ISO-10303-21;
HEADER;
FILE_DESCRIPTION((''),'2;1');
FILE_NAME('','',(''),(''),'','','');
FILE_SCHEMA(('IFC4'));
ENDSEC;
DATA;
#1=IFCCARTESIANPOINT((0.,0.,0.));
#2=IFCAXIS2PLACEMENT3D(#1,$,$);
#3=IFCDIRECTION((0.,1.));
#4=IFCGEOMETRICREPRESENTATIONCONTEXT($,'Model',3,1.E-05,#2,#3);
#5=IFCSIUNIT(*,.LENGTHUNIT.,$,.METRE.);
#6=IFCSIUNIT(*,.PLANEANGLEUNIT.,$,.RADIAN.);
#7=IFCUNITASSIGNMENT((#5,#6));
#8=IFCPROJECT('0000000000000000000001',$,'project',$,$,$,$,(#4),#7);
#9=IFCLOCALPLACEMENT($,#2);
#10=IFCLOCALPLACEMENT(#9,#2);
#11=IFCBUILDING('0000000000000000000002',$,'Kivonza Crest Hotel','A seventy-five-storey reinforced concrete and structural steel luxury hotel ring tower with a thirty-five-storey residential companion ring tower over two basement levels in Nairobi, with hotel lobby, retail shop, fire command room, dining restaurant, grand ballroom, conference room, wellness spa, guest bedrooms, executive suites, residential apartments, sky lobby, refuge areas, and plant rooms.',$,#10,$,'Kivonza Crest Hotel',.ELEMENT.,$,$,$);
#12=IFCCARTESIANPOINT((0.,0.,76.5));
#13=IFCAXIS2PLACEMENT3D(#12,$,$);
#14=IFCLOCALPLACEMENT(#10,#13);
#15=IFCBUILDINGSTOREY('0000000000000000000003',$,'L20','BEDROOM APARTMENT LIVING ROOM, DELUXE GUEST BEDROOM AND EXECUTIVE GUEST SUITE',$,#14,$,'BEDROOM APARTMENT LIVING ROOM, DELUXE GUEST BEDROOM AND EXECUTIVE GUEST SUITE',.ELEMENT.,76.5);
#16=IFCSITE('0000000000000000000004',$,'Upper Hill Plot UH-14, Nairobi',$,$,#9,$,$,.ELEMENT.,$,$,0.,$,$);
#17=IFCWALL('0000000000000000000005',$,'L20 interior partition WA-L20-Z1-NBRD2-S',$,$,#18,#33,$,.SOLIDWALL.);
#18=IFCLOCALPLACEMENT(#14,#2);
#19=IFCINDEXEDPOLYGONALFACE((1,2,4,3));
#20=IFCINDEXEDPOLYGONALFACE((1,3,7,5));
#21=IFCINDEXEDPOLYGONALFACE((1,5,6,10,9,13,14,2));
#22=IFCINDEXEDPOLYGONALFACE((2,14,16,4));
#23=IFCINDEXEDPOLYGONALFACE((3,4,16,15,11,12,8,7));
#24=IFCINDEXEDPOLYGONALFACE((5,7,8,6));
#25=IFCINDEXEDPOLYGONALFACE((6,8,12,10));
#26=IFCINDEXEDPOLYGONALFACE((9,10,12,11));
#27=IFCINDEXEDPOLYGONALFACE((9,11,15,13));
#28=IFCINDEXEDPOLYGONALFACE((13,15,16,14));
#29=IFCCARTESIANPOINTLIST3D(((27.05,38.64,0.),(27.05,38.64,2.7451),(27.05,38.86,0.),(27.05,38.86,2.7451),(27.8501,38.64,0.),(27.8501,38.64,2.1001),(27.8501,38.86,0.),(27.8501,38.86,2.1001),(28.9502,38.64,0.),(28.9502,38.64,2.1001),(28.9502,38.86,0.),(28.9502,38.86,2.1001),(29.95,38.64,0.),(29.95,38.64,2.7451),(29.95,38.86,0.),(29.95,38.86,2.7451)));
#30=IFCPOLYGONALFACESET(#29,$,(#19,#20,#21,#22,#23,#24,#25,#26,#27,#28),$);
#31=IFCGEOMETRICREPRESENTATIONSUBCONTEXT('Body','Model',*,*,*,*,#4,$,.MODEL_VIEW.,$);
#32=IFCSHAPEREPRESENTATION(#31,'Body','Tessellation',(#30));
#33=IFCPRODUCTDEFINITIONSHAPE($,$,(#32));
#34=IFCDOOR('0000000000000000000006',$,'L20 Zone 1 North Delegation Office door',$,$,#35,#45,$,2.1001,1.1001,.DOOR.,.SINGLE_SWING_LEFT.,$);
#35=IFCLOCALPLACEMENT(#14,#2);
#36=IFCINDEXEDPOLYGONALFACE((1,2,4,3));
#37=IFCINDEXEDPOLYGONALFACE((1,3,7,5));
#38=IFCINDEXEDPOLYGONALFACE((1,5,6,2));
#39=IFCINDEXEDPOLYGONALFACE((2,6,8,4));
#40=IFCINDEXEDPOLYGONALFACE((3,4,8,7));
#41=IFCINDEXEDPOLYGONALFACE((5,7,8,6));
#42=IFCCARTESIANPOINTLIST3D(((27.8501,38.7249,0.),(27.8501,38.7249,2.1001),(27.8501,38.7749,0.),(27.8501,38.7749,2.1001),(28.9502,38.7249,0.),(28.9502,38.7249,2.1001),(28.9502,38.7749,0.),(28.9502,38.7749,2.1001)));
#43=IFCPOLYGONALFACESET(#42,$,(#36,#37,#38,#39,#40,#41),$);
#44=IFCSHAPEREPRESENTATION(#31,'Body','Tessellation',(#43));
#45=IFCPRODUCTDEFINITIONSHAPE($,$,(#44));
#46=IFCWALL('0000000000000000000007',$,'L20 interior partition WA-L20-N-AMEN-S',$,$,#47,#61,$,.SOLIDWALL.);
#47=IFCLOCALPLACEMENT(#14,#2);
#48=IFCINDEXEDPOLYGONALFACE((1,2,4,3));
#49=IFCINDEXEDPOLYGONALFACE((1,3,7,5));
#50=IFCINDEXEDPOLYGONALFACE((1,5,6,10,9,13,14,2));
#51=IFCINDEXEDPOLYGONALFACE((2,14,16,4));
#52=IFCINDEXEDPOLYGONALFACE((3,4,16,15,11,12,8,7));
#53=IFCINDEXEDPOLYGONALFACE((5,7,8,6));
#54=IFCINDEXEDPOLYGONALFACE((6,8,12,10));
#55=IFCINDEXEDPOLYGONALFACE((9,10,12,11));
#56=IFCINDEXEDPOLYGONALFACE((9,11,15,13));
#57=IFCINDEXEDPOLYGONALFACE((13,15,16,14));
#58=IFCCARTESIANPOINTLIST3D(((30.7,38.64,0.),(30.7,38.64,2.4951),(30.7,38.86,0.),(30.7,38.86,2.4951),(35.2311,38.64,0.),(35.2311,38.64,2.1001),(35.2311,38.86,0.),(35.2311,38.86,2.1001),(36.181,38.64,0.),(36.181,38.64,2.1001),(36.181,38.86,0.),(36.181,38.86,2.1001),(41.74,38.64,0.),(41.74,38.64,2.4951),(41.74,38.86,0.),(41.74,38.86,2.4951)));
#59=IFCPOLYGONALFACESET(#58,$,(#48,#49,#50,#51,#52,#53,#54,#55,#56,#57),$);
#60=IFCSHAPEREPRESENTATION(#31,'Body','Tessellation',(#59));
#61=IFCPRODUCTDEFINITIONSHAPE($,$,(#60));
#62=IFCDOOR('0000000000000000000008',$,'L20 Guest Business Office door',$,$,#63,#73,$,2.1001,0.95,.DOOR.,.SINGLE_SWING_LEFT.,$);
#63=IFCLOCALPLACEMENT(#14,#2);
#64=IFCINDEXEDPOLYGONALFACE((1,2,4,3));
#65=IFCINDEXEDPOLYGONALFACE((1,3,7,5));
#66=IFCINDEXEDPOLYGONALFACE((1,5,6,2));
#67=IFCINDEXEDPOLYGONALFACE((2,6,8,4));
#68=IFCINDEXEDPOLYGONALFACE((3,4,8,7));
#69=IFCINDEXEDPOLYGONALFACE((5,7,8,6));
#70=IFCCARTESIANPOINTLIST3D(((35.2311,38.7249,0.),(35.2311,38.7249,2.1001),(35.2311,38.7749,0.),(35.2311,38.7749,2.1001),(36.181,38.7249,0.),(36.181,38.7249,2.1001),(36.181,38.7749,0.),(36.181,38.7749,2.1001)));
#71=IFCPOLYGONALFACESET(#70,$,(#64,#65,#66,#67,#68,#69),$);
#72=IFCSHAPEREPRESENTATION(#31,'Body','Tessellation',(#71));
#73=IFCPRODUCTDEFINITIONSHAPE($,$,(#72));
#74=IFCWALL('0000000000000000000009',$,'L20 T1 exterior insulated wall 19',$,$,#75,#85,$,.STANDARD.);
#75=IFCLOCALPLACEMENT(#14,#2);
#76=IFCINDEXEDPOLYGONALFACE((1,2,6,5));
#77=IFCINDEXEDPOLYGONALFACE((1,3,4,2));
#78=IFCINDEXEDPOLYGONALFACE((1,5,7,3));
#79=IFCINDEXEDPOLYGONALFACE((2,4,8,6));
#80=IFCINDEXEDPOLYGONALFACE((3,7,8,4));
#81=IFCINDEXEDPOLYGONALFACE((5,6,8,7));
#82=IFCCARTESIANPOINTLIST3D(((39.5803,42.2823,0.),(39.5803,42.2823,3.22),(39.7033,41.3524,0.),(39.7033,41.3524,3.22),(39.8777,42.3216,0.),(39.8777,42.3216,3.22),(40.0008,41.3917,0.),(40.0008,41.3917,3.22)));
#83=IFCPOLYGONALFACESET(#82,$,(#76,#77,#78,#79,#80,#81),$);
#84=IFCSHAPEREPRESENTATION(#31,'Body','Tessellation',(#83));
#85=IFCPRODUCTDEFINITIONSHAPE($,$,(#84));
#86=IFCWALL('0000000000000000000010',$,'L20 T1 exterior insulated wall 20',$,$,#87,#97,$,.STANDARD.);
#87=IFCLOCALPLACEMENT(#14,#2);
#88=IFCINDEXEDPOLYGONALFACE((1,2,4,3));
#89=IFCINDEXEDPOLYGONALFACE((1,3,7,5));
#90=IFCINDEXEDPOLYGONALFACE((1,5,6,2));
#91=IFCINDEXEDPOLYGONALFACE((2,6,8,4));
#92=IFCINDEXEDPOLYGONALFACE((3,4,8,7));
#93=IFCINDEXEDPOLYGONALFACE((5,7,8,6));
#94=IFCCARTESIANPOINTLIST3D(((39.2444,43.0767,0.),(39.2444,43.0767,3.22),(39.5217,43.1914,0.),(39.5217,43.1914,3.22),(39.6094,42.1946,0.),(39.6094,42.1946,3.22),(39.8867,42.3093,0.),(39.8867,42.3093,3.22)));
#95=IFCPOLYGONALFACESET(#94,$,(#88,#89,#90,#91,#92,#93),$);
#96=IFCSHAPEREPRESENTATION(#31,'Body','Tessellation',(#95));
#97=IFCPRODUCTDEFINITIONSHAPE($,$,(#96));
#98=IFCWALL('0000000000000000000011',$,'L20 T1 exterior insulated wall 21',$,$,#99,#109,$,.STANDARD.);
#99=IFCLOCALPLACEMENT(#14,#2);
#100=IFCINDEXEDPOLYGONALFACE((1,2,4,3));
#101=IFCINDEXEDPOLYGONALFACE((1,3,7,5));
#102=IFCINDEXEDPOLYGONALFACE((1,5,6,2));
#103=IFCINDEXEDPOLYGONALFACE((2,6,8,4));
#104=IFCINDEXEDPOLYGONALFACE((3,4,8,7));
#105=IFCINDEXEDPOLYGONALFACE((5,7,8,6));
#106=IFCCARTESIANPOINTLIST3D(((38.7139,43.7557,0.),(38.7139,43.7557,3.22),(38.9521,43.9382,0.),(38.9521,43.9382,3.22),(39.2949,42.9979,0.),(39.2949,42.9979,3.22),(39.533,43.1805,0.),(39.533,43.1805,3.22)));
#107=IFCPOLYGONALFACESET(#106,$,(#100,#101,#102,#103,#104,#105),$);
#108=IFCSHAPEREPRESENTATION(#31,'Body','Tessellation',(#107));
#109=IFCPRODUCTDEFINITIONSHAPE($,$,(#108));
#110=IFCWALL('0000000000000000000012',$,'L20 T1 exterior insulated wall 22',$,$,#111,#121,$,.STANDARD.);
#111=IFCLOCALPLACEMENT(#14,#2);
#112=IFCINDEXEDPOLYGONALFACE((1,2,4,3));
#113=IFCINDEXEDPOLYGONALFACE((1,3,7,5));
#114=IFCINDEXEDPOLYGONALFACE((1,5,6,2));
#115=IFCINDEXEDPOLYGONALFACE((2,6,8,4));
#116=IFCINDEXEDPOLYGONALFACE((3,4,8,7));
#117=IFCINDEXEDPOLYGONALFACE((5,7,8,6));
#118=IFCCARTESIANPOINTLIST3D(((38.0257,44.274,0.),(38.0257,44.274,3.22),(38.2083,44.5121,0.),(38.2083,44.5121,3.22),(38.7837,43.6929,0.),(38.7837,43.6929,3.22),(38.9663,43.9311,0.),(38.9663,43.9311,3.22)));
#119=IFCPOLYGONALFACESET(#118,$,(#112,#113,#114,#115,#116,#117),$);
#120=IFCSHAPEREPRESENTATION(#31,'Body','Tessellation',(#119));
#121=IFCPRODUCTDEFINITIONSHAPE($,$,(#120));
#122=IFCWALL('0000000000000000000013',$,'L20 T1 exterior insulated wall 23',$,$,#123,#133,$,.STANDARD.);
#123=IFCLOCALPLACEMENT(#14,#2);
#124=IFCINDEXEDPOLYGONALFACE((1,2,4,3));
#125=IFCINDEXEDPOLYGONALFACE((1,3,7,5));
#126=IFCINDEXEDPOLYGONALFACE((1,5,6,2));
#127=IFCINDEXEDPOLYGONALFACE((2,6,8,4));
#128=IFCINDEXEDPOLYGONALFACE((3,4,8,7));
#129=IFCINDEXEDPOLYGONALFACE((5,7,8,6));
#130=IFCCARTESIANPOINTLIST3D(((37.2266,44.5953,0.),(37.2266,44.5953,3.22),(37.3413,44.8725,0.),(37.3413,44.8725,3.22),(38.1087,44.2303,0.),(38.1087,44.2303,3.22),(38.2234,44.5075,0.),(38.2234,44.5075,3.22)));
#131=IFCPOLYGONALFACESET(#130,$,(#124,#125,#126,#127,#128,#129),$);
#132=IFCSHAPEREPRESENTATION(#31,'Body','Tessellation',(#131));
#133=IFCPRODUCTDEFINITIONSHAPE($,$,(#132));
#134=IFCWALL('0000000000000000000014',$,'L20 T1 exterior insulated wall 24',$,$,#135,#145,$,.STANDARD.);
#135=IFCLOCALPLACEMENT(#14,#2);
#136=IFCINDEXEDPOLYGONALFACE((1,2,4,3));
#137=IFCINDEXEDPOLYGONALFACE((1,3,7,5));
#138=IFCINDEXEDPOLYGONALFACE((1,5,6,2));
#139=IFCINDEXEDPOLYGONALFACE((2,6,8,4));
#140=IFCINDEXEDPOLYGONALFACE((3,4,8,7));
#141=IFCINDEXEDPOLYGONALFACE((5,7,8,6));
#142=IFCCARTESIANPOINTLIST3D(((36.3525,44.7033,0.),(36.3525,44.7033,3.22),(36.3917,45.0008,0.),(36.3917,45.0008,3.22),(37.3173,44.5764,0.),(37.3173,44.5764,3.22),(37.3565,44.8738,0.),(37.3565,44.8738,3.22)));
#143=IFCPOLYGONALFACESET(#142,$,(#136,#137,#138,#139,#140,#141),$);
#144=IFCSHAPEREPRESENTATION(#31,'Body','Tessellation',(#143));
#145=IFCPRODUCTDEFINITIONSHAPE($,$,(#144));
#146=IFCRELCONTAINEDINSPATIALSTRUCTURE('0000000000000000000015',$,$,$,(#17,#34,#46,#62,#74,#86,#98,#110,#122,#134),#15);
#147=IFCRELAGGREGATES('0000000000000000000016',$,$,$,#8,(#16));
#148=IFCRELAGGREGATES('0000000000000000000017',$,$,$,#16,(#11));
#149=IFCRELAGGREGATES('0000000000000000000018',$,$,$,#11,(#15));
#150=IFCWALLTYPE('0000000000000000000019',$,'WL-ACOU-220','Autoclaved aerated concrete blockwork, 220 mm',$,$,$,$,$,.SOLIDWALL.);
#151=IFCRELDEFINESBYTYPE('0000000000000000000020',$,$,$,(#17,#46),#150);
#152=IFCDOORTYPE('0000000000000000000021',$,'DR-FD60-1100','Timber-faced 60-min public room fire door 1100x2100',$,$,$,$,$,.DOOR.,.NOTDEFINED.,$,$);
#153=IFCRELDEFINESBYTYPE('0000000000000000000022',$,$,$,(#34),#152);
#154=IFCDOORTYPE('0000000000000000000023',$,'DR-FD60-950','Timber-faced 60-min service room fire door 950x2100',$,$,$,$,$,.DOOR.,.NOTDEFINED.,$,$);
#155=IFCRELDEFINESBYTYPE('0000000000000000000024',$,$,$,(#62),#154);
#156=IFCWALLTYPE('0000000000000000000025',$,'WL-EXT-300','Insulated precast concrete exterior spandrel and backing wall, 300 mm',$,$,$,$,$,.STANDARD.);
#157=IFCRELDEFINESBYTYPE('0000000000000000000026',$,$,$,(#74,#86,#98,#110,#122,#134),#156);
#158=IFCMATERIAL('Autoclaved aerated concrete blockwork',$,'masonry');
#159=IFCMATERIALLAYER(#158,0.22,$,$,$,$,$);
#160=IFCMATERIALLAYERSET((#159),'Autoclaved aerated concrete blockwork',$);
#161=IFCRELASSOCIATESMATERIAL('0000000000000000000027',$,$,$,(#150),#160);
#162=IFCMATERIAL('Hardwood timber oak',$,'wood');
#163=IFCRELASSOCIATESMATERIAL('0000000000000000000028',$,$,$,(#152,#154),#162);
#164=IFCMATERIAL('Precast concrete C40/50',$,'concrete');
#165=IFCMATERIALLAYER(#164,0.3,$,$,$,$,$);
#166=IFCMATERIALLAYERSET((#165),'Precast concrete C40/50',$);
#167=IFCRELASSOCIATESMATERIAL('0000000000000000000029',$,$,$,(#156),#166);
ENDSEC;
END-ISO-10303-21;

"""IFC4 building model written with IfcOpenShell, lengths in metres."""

from ifc_helpers import new_model, si_unit, direction, frame, frame_2d, origin, place, context, subcontext, project, spatial, rectangle, extrude, material, layer, layer_set, type_object, element, fill, save


model = new_model("IFC4")

# Units and contexts
model_context = context("Model", 3, precision=1e-05, world=origin(), true_north=direction((0.0, 1.0)))
body_context = subcontext(model_context, "Body", "Model", "MODEL_VIEW")
ifc_project = project(units=[si_unit("LENGTHUNIT", "METRE"), si_unit("PLANEANGLEUNIT", "RADIAN")], contexts=[model_context])

# Site, building, storey
site_placement = place(None, origin())
site = spatial("IfcSite", under=ifc_project, at=site_placement, Name="Upper Hill Plot UH-14, Nairobi", CompositionType="ELEMENT", RefElevation=0.0)
building_placement = place(site_placement, origin())
building = spatial("IfcBuilding", under=site, at=building_placement, Name="Kivonza Crest Hotel", Description="A seventy-five-storey reinforced concrete and structural steel luxury hotel ring tower with a thirty-five-storey residential companion ring tower over two basement levels in Nairobi, with hotel lobby, retail shop, fire command room, dining restaurant, grand ballroom, conference room, wellness spa, guest bedrooms, executive suites, residential apartments, sky lobby, refuge areas, and plant rooms.", LongName="Kivonza Crest Hotel", CompositionType="ELEMENT")
storey_placement = place(building_placement, frame((0.0, 0.0, 76.5)))
storey = spatial("IfcBuildingStorey", under=building, at=storey_placement, Name="L20", Description="BEDROOM APARTMENT LIVING ROOM, DELUXE GUEST BEDROOM AND EXECUTIVE GUEST SUITE", LongName="BEDROOM APARTMENT LIVING ROOM, DELUXE GUEST BEDROOM AND EXECUTIVE GUEST SUITE", CompositionType="ELEMENT", Elevation=76.5)

# Walls, openings, doors
ifc_material_1 = material(Name="Autoclaved aerated concrete blockwork", Category="masonry")
ifc_layer_1 = layer(ifc_material_1, 0.22)
ifc_layer_set_1 = layer_set([ifc_layer_1], Name="Autoclaved aerated concrete blockwork")
wall_type_1 = type_object("IfcWallType", Name="WL-ACOU-220", Description="Autoclaved aerated concrete blockwork, 220 mm", PredefinedType="SOLIDWALL", material=ifc_layer_set_1)
wall_1_placement = place(storey_placement, frame((27.05, 38.75, 0.0), z_axis=(0.0, 0.0, 1.0), x_axis=(1.0, 0.0, 0.0)))
wall_1 = element("IfcWall", 1, at=wall_1_placement, inside=storey, type_object=wall_type_1, Name="L20 interior partition WA-L20-Z1-NBRD2-S", PredefinedType="SOLIDWALL", context=body_context, shape_type="SweptSolid", body=[
    extrude(rectangle(XDim=2.8999, YDim=0.22, at=frame_2d((1.45, 0.0))), origin(), (0.0, 0.0, 1.0), 2.7451),
])
opening_1_placement = place(wall_1_placement, frame((0.8, 0.0, 0.0)))
opening_1 = element("IfcOpeningElement", 2, at=opening_1_placement, cuts=wall_1, PredefinedType="OPENING", context=body_context, shape_type="SweptSolid", body=[
    extrude(rectangle(XDim=1.1001, YDim=2.1001, at=frame_2d((0.55, 1.05))), frame((0.0, 0.1201, 0.0), z_axis=(0.0, -1.0, 0.0), x_axis=(1.0, 0.0, 0.0)), (0.0, 0.0, 1.0), 0.24),
])
ifc_material_2 = material(Name="Hardwood timber oak", Category="wood")
door_type_1 = type_object("IfcDoorType", Name="DR-FD60-1100", Description="Timber-faced 60-min public room fire door 1100x2100", OperationType="NOTDEFINED", PredefinedType="DOOR", material=ifc_material_2)
door_1_placement = place(opening_1_placement, origin())
door_1 = element("IfcDoor", 3, at=door_1_placement, inside=storey, type_object=door_type_1, Name="L20 Zone 1 North Delegation Office door", OperationType="SINGLE_SWING_LEFT", OverallHeight=2.1001, OverallWidth=1.1001, PredefinedType="DOOR", context=body_context, shape_type="SweptSolid", body=[
    extrude(rectangle(XDim=1.1001, YDim=2.1001, at=frame_2d((0.55, 1.05))), frame((0.0, 0.0249, 0.0), z_axis=(0.0, -1.0, 0.0), x_axis=(1.0, 0.0, 0.0)), (0.0, 0.0, 1.0), 0.05),
])
fill(opening_1, door_1)
wall_2_placement = place(storey_placement, frame((30.7, 38.75, 0.0), z_axis=(0.0, 0.0, 1.0), x_axis=(1.0, 0.0, 0.0)))
wall_2 = element("IfcWall", 4, at=wall_2_placement, inside=storey, type_object=wall_type_1, Name="L20 interior partition WA-L20-N-AMEN-S", PredefinedType="SOLIDWALL", context=body_context, shape_type="SweptSolid", body=[
    extrude(rectangle(XDim=11.04, YDim=0.22, at=frame_2d((5.52, 0.0))), origin(), (0.0, 0.0, 1.0), 2.4951),
])
opening_2_placement = place(wall_2_placement, frame((4.531, 0.0, 0.0)))
opening_2 = element("IfcOpeningElement", 5, at=opening_2_placement, cuts=wall_2, PredefinedType="OPENING", context=body_context, shape_type="SweptSolid", body=[
    extrude(rectangle(XDim=0.95, YDim=2.1001, at=frame_2d((0.4751, 1.05))), frame((0.0, 0.1201, 0.0), z_axis=(0.0, -1.0, 0.0), x_axis=(1.0, 0.0, 0.0)), (0.0, 0.0, 1.0), 0.24),
])
door_type_2 = type_object("IfcDoorType", Name="DR-FD60-950", Description="Timber-faced 60-min service room fire door 950x2100", OperationType="NOTDEFINED", PredefinedType="DOOR", material=ifc_material_2)
door_2_placement = place(opening_2_placement, origin())
door_2 = element("IfcDoor", 6, at=door_2_placement, inside=storey, type_object=door_type_2, Name="L20 Guest Business Office door", OperationType="SINGLE_SWING_LEFT", OverallHeight=2.1001, OverallWidth=0.95, PredefinedType="DOOR", context=body_context, shape_type="SweptSolid", body=[
    extrude(rectangle(XDim=0.95, YDim=2.1001, at=frame_2d((0.4751, 1.05))), frame((0.0, 0.0249, 0.0), z_axis=(0.0, -1.0, 0.0), x_axis=(1.0, 0.0, 0.0)), (0.0, 0.0, 1.0), 0.05),
])
fill(opening_2, door_2)

# Walls
ifc_material_3 = material(Name="Precast concrete C40/50", Category="concrete")
ifc_layer_2 = layer(ifc_material_3, 0.3)
ifc_layer_set_2 = layer_set([ifc_layer_2], Name="Precast concrete C40/50")
wall_type_2 = type_object("IfcWallType", Name="WL-EXT-300", Description="Insulated precast concrete exterior spandrel and backing wall, 300 mm", PredefinedType="STANDARD", material=ifc_layer_set_2)
wall_3_placement = place(storey_placement, frame((39.8521, 41.3721, 0.0), z_axis=(0.0, 0.0, 1.0), x_axis=(-0.131175, 0.991359, 0.0)))
element("IfcWall", 7, at=wall_3_placement, inside=storey, type_object=wall_type_2, Name="L20 T1 exterior insulated wall 19", PredefinedType="STANDARD", context=body_context, shape_type="SweptSolid", body=[
    extrude(rectangle(XDim=0.938, YDim=0.3, at=frame_2d((0.469, 0.0))), origin(), (0.0, 0.0, 1.0), 3.22),
])
wall_4_placement = place(storey_placement, frame((39.748, 42.252, 0.0), z_axis=(0.0, 0.0, 1.0), x_axis=(-0.382344, 0.92402, 0.0)))
element("IfcWall", 8, at=wall_4_placement, inside=storey, type_object=wall_type_2, Name="L20 T1 exterior insulated wall 20", PredefinedType="STANDARD", context=body_context, shape_type="SweptSolid", body=[
    extrude(rectangle(XDim=0.9546, YDim=0.3, at=frame_2d((0.4773, 0.0))), origin(), (0.0, 0.0, 1.0), 3.22),
])
wall_5_placement = place(storey_placement, frame((39.4141, 43.0891, 0.0), z_axis=(0.0, 0.0, 1.0), x_axis=(-0.608474, 0.793573, 0.0)))
element("IfcWall", 9, at=wall_5_placement, inside=storey, type_object=wall_type_2, Name="L20 T1 exterior insulated wall 21", PredefinedType="STANDARD", context=body_context, shape_type="SweptSolid", body=[
    extrude(rectangle(XDim=0.9548, YDim=0.3, at=frame_2d((0.4775, 0.0))), origin(), (0.0, 0.0, 1.0), 3.22),
])
wall_6_placement = place(storey_placement, frame((38.875, 43.812, 0.0), z_axis=(0.0, 0.0, 1.0), x_axis=(-0.793668, 0.608351, 0.0)))
element("IfcWall", 10, at=wall_6_placement, inside=storey, type_object=wall_type_2, Name="L20 T1 exterior insulated wall 22", PredefinedType="STANDARD", context=body_context, shape_type="SweptSolid", body=[
    extrude(rectangle(XDim=0.9551, YDim=0.3, at=frame_2d((0.4775, 0.0))), origin(), (0.0, 0.0, 1.0), 3.22),
])
wall_7_placement = place(storey_placement, frame((38.166, 44.3689, 0.0), z_axis=(0.0, 0.0, 1.0), x_axis=(-0.92402, 0.382344, 0.0)))
element("IfcWall", 11, at=wall_7_placement, inside=storey, type_object=wall_type_2, Name="L20 T1 exterior insulated wall 23", PredefinedType="STANDARD", context=body_context, shape_type="SweptSolid", body=[
    extrude(rectangle(XDim=0.9546, YDim=0.3, at=frame_2d((0.4773, 0.0))), origin(), (0.0, 0.0, 1.0), 3.22),
])
wall_8_placement = place(storey_placement, frame((37.3369, 44.7251, 0.0), z_axis=(0.0, 0.0, 1.0), x_axis=(-0.991454, 0.130455, 0.0)))
element("IfcWall", 12, at=wall_8_placement, inside=storey, type_object=wall_type_2, Name="L20 T1 exterior insulated wall 24", PredefinedType="STANDARD", context=body_context, shape_type="SweptSolid", body=[
    extrude(rectangle(XDim=0.9731, YDim=0.3, at=frame_2d((0.4866, 0.0))), origin(), (0.0, 0.0, 1.0), 3.22),
])

save(model, "model.ifc")
